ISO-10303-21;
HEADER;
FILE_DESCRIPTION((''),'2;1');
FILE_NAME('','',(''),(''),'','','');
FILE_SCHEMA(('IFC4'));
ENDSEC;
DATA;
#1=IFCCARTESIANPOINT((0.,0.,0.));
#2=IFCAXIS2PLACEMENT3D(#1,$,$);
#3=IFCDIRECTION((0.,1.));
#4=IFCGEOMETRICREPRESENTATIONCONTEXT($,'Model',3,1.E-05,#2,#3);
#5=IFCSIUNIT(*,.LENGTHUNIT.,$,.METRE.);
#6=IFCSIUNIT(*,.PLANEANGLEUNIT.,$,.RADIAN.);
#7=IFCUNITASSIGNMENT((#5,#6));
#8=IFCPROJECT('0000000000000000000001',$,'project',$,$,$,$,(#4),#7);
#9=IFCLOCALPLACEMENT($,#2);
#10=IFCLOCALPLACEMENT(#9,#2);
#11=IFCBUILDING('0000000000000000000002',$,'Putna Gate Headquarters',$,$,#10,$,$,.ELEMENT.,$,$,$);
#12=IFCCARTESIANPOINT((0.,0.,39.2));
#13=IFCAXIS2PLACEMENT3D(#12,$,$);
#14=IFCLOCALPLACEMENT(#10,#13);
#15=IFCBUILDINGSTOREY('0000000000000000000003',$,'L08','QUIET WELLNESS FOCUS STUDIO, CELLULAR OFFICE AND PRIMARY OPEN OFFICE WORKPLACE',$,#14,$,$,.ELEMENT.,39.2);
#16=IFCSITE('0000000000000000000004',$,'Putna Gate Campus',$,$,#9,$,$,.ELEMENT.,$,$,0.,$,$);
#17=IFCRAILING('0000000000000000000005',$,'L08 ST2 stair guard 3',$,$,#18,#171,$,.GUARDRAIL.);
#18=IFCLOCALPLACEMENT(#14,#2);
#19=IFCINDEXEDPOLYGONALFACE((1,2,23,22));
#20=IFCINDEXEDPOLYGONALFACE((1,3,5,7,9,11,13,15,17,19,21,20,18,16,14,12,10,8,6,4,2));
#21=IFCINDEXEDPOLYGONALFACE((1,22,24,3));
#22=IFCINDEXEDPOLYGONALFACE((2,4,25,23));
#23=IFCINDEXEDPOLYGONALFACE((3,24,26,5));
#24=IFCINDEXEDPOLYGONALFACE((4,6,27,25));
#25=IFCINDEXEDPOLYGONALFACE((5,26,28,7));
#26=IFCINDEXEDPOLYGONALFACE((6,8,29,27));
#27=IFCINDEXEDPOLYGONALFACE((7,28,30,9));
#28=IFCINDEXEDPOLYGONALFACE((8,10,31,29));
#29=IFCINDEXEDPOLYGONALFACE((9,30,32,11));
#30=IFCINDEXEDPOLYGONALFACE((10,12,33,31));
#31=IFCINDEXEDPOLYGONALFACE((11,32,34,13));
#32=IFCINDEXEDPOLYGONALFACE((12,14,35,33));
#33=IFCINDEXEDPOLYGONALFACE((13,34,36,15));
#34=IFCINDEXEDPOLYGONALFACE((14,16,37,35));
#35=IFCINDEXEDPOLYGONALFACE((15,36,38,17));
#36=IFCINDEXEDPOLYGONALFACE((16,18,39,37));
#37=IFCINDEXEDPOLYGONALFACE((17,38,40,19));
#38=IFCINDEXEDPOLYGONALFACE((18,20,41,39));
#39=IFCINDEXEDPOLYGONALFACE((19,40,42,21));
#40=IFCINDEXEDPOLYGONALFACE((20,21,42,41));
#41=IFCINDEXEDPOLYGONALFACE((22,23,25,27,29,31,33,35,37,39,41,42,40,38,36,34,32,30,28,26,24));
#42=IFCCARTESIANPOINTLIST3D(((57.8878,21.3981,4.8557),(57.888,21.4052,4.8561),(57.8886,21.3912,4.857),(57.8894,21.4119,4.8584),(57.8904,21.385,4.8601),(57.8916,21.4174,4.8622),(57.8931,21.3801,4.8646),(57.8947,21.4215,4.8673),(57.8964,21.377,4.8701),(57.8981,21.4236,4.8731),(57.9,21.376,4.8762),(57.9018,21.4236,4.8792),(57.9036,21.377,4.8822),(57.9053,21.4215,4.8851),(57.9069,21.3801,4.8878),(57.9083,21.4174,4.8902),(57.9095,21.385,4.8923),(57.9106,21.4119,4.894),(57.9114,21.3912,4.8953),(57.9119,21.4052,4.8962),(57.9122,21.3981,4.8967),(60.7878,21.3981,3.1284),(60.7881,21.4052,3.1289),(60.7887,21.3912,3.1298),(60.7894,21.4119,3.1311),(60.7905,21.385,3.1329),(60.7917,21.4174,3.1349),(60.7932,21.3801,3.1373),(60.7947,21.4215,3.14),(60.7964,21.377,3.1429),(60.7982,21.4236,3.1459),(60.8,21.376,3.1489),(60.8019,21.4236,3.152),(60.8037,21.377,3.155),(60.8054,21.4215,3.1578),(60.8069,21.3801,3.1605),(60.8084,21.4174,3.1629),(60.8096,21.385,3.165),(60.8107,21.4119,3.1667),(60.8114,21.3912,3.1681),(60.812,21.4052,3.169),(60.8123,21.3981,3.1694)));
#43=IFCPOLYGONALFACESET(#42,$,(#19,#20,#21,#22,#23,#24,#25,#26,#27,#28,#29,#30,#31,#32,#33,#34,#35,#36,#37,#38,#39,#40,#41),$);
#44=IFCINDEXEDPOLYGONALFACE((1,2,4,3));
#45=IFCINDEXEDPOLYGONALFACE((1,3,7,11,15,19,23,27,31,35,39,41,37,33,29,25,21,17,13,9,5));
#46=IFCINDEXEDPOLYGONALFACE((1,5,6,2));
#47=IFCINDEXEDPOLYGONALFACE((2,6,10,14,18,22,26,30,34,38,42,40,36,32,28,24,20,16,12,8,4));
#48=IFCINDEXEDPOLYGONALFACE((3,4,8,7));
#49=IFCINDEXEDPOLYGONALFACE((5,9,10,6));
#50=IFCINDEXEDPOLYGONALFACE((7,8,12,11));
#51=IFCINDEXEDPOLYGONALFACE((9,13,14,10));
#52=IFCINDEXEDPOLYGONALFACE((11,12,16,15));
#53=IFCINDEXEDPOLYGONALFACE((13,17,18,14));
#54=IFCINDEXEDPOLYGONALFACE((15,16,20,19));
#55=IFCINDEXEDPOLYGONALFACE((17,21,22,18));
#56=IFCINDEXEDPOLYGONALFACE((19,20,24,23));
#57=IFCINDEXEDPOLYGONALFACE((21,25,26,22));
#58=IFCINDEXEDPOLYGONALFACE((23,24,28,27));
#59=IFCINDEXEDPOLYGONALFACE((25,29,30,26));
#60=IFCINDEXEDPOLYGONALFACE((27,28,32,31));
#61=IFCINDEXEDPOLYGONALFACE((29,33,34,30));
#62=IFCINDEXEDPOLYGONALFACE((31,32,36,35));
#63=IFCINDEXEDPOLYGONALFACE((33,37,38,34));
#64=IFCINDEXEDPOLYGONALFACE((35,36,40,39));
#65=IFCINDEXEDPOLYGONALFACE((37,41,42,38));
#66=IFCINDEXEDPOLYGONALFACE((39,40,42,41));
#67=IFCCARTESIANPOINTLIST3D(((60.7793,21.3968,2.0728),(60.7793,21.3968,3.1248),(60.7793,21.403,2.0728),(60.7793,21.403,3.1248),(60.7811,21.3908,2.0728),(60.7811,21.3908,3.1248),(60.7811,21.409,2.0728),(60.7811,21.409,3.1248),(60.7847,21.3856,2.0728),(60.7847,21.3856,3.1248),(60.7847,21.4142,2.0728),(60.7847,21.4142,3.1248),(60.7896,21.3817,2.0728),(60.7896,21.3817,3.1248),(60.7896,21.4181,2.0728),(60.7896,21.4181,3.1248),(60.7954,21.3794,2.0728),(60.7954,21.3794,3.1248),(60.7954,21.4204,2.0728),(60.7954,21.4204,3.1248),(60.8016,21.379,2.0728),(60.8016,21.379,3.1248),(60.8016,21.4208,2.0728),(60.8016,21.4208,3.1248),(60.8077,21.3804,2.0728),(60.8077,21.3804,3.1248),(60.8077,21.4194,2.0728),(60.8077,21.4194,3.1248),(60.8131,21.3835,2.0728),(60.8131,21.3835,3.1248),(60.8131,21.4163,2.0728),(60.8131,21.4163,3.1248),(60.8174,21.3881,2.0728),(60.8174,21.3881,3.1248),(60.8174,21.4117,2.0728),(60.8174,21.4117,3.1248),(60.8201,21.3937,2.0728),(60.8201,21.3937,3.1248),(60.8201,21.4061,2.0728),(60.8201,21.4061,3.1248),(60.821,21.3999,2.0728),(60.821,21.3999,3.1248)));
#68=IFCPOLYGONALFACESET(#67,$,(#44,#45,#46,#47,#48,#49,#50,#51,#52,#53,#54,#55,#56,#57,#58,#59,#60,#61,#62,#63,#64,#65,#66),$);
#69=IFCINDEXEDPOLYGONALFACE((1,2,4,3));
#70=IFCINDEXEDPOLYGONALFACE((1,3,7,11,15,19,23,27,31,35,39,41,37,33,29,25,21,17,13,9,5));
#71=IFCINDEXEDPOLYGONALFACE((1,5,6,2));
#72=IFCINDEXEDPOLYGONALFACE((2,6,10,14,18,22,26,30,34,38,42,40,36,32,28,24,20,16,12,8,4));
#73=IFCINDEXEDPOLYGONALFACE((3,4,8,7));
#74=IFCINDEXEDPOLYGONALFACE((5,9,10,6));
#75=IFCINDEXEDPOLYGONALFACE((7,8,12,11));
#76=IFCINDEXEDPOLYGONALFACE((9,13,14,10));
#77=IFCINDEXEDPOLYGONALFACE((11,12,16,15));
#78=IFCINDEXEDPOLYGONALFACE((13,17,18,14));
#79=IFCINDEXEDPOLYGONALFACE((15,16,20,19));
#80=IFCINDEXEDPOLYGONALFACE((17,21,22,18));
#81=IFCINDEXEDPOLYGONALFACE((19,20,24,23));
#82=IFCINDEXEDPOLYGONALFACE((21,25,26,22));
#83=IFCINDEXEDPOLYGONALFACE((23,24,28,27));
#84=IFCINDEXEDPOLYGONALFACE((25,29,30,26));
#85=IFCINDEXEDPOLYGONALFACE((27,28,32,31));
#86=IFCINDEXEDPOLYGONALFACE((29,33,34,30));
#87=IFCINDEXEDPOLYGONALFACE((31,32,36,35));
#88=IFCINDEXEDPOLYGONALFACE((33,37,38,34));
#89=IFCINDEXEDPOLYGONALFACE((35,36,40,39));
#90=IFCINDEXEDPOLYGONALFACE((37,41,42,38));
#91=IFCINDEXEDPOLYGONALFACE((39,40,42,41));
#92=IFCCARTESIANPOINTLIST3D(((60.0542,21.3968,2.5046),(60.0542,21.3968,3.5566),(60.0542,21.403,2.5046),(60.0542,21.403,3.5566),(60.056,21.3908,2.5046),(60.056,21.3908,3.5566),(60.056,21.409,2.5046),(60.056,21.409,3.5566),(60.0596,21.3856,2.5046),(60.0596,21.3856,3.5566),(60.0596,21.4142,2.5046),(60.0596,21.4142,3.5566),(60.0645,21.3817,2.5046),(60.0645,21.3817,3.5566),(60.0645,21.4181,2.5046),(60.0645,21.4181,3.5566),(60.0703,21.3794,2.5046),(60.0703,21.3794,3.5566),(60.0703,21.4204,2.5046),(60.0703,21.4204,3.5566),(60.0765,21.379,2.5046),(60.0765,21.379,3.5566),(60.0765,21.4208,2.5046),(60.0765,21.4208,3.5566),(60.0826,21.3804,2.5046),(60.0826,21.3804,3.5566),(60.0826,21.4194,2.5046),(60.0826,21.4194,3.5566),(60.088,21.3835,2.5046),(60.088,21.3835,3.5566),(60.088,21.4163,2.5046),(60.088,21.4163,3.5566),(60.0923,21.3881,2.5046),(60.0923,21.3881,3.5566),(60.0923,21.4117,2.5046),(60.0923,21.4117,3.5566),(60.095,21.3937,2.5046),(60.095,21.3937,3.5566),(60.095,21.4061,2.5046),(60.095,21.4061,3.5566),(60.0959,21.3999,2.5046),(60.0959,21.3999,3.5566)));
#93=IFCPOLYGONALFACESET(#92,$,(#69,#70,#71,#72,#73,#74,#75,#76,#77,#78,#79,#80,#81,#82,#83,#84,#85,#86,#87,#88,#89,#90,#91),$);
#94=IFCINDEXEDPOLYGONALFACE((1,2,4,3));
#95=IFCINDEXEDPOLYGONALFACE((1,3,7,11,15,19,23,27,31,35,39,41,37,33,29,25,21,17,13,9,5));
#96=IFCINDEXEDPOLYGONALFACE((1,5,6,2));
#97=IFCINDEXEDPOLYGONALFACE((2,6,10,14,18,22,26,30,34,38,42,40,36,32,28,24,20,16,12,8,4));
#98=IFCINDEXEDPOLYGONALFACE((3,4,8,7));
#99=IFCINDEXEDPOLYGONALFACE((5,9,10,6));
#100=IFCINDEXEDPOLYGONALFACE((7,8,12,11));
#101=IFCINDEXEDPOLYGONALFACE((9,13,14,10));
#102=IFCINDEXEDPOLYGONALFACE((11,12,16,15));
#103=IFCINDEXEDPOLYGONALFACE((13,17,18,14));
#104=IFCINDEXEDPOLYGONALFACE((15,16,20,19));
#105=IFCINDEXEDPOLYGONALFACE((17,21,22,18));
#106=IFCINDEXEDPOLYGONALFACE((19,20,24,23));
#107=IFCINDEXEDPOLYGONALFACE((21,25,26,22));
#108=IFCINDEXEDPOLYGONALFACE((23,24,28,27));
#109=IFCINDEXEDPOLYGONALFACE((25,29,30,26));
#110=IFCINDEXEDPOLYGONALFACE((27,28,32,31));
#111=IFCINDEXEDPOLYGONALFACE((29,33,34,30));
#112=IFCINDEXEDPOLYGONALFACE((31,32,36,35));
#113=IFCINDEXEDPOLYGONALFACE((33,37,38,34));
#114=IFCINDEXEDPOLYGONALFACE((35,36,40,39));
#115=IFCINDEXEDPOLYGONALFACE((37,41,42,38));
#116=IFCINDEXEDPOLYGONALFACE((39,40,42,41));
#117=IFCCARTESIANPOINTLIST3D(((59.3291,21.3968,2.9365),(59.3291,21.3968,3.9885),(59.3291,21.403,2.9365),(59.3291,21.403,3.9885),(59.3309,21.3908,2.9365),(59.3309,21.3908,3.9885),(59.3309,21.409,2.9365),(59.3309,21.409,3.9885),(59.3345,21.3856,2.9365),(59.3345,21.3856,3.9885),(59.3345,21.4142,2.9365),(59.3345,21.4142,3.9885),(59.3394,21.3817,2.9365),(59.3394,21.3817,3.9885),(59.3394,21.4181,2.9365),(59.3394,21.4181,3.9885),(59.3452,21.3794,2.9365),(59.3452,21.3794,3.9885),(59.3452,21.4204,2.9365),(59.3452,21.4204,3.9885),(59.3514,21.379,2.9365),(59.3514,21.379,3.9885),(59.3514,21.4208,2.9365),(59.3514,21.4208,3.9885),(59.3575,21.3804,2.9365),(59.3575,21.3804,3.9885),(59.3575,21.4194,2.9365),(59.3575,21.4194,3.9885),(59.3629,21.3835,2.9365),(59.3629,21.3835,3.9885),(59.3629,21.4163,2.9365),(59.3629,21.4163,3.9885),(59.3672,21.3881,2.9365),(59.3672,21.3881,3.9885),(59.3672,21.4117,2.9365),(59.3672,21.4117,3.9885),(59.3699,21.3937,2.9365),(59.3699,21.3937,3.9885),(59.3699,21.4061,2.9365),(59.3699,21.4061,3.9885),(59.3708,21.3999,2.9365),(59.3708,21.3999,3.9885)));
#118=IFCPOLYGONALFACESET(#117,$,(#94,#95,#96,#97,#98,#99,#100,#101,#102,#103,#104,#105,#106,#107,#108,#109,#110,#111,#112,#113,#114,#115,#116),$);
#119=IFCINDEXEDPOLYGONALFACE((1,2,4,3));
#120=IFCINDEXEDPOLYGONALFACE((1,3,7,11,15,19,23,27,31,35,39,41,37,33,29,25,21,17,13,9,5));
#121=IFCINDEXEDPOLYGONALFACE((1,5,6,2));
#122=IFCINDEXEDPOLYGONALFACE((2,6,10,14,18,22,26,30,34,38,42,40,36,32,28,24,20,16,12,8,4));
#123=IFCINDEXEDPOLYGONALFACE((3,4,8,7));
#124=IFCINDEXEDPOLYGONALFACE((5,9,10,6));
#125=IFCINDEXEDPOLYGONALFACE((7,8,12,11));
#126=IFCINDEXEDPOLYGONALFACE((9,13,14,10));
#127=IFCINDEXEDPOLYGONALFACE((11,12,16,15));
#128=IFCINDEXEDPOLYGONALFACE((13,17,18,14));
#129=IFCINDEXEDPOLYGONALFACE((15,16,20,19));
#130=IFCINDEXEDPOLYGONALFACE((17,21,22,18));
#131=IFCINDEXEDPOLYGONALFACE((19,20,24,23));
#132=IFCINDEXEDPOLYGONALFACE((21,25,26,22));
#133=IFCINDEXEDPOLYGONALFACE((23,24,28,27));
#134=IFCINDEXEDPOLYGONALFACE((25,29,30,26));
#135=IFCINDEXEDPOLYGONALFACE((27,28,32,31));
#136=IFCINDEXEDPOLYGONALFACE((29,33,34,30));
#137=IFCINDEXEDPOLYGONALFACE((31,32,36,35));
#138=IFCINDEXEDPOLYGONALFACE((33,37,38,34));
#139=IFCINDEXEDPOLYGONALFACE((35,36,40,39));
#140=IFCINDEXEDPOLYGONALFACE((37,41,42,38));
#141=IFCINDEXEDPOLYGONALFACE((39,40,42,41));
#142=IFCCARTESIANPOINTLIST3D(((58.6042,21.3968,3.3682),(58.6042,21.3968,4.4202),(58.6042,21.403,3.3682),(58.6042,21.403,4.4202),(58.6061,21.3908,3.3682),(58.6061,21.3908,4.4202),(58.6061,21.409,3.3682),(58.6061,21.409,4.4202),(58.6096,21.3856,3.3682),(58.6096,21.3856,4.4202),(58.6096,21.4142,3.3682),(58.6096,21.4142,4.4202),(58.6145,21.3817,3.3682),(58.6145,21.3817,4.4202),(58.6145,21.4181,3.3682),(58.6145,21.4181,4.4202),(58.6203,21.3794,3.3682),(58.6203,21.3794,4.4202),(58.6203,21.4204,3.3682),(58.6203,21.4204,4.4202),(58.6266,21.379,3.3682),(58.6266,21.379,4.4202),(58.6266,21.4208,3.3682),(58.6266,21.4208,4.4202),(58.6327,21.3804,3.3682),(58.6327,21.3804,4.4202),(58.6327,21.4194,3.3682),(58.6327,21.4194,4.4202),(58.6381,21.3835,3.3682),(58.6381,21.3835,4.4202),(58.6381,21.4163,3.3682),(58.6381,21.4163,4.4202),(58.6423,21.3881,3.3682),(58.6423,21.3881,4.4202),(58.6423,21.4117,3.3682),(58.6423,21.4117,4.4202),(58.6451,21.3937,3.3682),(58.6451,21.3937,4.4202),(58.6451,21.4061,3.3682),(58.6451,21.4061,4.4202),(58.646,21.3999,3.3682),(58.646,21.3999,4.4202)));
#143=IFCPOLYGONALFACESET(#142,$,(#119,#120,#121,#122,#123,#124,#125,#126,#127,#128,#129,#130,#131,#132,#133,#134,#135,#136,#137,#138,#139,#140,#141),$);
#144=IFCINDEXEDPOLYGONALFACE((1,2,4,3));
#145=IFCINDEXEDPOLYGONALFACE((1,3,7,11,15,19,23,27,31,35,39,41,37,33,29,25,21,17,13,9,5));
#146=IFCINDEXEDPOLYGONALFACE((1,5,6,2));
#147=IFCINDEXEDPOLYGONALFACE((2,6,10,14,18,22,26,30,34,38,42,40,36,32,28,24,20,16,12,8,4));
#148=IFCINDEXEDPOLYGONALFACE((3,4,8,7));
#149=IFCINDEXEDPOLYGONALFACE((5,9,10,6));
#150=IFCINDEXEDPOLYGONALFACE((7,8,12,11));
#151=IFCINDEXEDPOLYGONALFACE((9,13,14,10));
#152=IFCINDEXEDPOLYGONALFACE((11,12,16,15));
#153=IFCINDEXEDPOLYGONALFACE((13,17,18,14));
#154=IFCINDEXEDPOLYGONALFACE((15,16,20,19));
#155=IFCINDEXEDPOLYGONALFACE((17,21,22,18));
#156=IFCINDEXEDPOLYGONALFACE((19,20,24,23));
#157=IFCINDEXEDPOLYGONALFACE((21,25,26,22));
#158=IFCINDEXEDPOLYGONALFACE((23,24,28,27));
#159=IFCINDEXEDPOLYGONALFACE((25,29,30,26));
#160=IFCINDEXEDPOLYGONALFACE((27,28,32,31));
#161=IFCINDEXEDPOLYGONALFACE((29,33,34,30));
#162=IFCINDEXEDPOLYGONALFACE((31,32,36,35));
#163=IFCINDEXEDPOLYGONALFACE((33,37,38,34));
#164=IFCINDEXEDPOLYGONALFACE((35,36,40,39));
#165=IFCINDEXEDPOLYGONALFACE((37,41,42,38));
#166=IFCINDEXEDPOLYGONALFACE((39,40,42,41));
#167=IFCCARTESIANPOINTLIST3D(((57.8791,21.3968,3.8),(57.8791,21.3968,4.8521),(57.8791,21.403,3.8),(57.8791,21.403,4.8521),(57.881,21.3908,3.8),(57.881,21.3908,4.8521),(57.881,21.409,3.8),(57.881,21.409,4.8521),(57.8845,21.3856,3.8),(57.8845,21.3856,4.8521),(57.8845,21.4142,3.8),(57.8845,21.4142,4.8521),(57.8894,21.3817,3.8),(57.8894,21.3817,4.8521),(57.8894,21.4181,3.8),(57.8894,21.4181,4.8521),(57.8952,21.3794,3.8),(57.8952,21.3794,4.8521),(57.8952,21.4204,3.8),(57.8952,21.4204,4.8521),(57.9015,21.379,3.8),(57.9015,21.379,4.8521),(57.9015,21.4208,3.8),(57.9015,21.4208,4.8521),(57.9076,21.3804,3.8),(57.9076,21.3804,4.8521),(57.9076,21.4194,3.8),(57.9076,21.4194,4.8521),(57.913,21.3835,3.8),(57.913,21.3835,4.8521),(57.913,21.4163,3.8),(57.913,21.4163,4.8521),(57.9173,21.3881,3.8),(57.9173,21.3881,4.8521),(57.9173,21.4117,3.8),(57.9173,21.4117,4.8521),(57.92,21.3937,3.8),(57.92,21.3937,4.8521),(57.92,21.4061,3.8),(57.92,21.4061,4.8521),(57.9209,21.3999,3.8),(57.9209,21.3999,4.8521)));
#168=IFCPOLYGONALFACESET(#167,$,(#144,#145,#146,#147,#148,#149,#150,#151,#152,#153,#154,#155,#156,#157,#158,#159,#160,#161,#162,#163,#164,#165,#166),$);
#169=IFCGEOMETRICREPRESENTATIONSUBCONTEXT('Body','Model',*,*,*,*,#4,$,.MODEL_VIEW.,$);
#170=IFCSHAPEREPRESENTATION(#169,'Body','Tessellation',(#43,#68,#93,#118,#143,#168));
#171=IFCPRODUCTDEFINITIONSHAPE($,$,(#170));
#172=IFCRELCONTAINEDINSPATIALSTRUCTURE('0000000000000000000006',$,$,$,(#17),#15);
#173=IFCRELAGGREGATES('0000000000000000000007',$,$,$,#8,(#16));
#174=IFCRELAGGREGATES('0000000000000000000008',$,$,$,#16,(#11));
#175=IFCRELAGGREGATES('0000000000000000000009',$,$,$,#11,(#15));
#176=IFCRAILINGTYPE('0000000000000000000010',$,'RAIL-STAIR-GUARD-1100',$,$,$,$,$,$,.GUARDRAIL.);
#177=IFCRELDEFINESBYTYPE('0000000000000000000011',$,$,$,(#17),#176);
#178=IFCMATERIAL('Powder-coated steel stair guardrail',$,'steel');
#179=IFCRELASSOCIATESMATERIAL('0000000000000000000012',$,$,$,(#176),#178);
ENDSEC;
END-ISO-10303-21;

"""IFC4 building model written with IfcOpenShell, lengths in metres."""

from ifc_helpers import new_model, si_unit, direction, frame, origin, origin_2d, place, context, subcontext, project, spatial, circle, extrude, material, type_object, element, save


model = new_model("IFC4")

# Units and contexts
model_context = context("Model", 3, precision=1e-05, world=origin(), true_north=direction((0.0, 1.0)))
body_context = subcontext(model_context, "Body", "Model", "MODEL_VIEW")
ifc_project = project(units=[si_unit("LENGTHUNIT", "METRE"), si_unit("PLANEANGLEUNIT", "RADIAN")], contexts=[model_context])

# Site, building, storey
site_placement = place(None, origin())
site = spatial("IfcSite", under=ifc_project, at=site_placement, Name="Putna Gate Campus", CompositionType="ELEMENT", RefElevation=0.0)
building_placement = place(site_placement, origin())
building = spatial("IfcBuilding", under=site, at=building_placement, Name="Putna Gate Headquarters", CompositionType="ELEMENT")
storey_placement = place(building_placement, frame((0.0, 0.0, 39.2)))
storey = spatial("IfcBuildingStorey", under=building, at=storey_placement, Name="L08", Description="QUIET WELLNESS FOCUS STUDIO, CELLULAR OFFICE AND PRIMARY OPEN OFFICE WORKPLACE", CompositionType="ELEMENT", Elevation=39.2)

# Railing
ifc_material_1 = material(Name="Powder-coated steel stair guardrail", Category="steel")
railing_type = type_object("IfcRailingType", Name="RAIL-STAIR-GUARD-1100", PredefinedType="GUARDRAIL", material=ifc_material_1)
railing_1_placement = place(storey_placement, frame((60.8, 21.3999, 2.0728)))
element("IfcRailing", 1, at=railing_1_placement, inside=storey, type_object=railing_type, Name="L08 ST2 stair guard 3", PredefinedType="GUARDRAIL", context=body_context, shape_type="SweptSolid", body=[
    extrude(circle(Radius=0.0239, at=origin_2d()), frame((0.0, 0.0, 1.0762), z_axis=(-0.85916, 0.0, 0.511706), x_axis=(0.0, -1.0, 0.0)), (0.0, 0.0, 1.0), 3.3755),
    extrude(circle(Radius=0.021, at=origin_2d()), origin(), (0.0, 0.0, 1.0), 1.052),
    extrude(circle(Radius=0.021, at=origin_2d()), frame((-0.7251, 0.0, 0.4319)), (0.0, 0.0, 1.0), 1.052),
    extrude(circle(Radius=0.021, at=origin_2d()), frame((-1.4502, 0.0, 0.8638)), (0.0, 0.0, 1.0), 1.052),
    extrude(circle(Radius=0.021, at=origin_2d()), frame((-2.175, 0.0, 1.2954)), (0.0, 0.0, 1.0), 1.052),
    extrude(circle(Radius=0.021, at=origin_2d()), frame((-2.9001, 0.0, 1.7273)), (0.0, 0.0, 1.0), 1.052),
])

save(model, "model.ifc")
